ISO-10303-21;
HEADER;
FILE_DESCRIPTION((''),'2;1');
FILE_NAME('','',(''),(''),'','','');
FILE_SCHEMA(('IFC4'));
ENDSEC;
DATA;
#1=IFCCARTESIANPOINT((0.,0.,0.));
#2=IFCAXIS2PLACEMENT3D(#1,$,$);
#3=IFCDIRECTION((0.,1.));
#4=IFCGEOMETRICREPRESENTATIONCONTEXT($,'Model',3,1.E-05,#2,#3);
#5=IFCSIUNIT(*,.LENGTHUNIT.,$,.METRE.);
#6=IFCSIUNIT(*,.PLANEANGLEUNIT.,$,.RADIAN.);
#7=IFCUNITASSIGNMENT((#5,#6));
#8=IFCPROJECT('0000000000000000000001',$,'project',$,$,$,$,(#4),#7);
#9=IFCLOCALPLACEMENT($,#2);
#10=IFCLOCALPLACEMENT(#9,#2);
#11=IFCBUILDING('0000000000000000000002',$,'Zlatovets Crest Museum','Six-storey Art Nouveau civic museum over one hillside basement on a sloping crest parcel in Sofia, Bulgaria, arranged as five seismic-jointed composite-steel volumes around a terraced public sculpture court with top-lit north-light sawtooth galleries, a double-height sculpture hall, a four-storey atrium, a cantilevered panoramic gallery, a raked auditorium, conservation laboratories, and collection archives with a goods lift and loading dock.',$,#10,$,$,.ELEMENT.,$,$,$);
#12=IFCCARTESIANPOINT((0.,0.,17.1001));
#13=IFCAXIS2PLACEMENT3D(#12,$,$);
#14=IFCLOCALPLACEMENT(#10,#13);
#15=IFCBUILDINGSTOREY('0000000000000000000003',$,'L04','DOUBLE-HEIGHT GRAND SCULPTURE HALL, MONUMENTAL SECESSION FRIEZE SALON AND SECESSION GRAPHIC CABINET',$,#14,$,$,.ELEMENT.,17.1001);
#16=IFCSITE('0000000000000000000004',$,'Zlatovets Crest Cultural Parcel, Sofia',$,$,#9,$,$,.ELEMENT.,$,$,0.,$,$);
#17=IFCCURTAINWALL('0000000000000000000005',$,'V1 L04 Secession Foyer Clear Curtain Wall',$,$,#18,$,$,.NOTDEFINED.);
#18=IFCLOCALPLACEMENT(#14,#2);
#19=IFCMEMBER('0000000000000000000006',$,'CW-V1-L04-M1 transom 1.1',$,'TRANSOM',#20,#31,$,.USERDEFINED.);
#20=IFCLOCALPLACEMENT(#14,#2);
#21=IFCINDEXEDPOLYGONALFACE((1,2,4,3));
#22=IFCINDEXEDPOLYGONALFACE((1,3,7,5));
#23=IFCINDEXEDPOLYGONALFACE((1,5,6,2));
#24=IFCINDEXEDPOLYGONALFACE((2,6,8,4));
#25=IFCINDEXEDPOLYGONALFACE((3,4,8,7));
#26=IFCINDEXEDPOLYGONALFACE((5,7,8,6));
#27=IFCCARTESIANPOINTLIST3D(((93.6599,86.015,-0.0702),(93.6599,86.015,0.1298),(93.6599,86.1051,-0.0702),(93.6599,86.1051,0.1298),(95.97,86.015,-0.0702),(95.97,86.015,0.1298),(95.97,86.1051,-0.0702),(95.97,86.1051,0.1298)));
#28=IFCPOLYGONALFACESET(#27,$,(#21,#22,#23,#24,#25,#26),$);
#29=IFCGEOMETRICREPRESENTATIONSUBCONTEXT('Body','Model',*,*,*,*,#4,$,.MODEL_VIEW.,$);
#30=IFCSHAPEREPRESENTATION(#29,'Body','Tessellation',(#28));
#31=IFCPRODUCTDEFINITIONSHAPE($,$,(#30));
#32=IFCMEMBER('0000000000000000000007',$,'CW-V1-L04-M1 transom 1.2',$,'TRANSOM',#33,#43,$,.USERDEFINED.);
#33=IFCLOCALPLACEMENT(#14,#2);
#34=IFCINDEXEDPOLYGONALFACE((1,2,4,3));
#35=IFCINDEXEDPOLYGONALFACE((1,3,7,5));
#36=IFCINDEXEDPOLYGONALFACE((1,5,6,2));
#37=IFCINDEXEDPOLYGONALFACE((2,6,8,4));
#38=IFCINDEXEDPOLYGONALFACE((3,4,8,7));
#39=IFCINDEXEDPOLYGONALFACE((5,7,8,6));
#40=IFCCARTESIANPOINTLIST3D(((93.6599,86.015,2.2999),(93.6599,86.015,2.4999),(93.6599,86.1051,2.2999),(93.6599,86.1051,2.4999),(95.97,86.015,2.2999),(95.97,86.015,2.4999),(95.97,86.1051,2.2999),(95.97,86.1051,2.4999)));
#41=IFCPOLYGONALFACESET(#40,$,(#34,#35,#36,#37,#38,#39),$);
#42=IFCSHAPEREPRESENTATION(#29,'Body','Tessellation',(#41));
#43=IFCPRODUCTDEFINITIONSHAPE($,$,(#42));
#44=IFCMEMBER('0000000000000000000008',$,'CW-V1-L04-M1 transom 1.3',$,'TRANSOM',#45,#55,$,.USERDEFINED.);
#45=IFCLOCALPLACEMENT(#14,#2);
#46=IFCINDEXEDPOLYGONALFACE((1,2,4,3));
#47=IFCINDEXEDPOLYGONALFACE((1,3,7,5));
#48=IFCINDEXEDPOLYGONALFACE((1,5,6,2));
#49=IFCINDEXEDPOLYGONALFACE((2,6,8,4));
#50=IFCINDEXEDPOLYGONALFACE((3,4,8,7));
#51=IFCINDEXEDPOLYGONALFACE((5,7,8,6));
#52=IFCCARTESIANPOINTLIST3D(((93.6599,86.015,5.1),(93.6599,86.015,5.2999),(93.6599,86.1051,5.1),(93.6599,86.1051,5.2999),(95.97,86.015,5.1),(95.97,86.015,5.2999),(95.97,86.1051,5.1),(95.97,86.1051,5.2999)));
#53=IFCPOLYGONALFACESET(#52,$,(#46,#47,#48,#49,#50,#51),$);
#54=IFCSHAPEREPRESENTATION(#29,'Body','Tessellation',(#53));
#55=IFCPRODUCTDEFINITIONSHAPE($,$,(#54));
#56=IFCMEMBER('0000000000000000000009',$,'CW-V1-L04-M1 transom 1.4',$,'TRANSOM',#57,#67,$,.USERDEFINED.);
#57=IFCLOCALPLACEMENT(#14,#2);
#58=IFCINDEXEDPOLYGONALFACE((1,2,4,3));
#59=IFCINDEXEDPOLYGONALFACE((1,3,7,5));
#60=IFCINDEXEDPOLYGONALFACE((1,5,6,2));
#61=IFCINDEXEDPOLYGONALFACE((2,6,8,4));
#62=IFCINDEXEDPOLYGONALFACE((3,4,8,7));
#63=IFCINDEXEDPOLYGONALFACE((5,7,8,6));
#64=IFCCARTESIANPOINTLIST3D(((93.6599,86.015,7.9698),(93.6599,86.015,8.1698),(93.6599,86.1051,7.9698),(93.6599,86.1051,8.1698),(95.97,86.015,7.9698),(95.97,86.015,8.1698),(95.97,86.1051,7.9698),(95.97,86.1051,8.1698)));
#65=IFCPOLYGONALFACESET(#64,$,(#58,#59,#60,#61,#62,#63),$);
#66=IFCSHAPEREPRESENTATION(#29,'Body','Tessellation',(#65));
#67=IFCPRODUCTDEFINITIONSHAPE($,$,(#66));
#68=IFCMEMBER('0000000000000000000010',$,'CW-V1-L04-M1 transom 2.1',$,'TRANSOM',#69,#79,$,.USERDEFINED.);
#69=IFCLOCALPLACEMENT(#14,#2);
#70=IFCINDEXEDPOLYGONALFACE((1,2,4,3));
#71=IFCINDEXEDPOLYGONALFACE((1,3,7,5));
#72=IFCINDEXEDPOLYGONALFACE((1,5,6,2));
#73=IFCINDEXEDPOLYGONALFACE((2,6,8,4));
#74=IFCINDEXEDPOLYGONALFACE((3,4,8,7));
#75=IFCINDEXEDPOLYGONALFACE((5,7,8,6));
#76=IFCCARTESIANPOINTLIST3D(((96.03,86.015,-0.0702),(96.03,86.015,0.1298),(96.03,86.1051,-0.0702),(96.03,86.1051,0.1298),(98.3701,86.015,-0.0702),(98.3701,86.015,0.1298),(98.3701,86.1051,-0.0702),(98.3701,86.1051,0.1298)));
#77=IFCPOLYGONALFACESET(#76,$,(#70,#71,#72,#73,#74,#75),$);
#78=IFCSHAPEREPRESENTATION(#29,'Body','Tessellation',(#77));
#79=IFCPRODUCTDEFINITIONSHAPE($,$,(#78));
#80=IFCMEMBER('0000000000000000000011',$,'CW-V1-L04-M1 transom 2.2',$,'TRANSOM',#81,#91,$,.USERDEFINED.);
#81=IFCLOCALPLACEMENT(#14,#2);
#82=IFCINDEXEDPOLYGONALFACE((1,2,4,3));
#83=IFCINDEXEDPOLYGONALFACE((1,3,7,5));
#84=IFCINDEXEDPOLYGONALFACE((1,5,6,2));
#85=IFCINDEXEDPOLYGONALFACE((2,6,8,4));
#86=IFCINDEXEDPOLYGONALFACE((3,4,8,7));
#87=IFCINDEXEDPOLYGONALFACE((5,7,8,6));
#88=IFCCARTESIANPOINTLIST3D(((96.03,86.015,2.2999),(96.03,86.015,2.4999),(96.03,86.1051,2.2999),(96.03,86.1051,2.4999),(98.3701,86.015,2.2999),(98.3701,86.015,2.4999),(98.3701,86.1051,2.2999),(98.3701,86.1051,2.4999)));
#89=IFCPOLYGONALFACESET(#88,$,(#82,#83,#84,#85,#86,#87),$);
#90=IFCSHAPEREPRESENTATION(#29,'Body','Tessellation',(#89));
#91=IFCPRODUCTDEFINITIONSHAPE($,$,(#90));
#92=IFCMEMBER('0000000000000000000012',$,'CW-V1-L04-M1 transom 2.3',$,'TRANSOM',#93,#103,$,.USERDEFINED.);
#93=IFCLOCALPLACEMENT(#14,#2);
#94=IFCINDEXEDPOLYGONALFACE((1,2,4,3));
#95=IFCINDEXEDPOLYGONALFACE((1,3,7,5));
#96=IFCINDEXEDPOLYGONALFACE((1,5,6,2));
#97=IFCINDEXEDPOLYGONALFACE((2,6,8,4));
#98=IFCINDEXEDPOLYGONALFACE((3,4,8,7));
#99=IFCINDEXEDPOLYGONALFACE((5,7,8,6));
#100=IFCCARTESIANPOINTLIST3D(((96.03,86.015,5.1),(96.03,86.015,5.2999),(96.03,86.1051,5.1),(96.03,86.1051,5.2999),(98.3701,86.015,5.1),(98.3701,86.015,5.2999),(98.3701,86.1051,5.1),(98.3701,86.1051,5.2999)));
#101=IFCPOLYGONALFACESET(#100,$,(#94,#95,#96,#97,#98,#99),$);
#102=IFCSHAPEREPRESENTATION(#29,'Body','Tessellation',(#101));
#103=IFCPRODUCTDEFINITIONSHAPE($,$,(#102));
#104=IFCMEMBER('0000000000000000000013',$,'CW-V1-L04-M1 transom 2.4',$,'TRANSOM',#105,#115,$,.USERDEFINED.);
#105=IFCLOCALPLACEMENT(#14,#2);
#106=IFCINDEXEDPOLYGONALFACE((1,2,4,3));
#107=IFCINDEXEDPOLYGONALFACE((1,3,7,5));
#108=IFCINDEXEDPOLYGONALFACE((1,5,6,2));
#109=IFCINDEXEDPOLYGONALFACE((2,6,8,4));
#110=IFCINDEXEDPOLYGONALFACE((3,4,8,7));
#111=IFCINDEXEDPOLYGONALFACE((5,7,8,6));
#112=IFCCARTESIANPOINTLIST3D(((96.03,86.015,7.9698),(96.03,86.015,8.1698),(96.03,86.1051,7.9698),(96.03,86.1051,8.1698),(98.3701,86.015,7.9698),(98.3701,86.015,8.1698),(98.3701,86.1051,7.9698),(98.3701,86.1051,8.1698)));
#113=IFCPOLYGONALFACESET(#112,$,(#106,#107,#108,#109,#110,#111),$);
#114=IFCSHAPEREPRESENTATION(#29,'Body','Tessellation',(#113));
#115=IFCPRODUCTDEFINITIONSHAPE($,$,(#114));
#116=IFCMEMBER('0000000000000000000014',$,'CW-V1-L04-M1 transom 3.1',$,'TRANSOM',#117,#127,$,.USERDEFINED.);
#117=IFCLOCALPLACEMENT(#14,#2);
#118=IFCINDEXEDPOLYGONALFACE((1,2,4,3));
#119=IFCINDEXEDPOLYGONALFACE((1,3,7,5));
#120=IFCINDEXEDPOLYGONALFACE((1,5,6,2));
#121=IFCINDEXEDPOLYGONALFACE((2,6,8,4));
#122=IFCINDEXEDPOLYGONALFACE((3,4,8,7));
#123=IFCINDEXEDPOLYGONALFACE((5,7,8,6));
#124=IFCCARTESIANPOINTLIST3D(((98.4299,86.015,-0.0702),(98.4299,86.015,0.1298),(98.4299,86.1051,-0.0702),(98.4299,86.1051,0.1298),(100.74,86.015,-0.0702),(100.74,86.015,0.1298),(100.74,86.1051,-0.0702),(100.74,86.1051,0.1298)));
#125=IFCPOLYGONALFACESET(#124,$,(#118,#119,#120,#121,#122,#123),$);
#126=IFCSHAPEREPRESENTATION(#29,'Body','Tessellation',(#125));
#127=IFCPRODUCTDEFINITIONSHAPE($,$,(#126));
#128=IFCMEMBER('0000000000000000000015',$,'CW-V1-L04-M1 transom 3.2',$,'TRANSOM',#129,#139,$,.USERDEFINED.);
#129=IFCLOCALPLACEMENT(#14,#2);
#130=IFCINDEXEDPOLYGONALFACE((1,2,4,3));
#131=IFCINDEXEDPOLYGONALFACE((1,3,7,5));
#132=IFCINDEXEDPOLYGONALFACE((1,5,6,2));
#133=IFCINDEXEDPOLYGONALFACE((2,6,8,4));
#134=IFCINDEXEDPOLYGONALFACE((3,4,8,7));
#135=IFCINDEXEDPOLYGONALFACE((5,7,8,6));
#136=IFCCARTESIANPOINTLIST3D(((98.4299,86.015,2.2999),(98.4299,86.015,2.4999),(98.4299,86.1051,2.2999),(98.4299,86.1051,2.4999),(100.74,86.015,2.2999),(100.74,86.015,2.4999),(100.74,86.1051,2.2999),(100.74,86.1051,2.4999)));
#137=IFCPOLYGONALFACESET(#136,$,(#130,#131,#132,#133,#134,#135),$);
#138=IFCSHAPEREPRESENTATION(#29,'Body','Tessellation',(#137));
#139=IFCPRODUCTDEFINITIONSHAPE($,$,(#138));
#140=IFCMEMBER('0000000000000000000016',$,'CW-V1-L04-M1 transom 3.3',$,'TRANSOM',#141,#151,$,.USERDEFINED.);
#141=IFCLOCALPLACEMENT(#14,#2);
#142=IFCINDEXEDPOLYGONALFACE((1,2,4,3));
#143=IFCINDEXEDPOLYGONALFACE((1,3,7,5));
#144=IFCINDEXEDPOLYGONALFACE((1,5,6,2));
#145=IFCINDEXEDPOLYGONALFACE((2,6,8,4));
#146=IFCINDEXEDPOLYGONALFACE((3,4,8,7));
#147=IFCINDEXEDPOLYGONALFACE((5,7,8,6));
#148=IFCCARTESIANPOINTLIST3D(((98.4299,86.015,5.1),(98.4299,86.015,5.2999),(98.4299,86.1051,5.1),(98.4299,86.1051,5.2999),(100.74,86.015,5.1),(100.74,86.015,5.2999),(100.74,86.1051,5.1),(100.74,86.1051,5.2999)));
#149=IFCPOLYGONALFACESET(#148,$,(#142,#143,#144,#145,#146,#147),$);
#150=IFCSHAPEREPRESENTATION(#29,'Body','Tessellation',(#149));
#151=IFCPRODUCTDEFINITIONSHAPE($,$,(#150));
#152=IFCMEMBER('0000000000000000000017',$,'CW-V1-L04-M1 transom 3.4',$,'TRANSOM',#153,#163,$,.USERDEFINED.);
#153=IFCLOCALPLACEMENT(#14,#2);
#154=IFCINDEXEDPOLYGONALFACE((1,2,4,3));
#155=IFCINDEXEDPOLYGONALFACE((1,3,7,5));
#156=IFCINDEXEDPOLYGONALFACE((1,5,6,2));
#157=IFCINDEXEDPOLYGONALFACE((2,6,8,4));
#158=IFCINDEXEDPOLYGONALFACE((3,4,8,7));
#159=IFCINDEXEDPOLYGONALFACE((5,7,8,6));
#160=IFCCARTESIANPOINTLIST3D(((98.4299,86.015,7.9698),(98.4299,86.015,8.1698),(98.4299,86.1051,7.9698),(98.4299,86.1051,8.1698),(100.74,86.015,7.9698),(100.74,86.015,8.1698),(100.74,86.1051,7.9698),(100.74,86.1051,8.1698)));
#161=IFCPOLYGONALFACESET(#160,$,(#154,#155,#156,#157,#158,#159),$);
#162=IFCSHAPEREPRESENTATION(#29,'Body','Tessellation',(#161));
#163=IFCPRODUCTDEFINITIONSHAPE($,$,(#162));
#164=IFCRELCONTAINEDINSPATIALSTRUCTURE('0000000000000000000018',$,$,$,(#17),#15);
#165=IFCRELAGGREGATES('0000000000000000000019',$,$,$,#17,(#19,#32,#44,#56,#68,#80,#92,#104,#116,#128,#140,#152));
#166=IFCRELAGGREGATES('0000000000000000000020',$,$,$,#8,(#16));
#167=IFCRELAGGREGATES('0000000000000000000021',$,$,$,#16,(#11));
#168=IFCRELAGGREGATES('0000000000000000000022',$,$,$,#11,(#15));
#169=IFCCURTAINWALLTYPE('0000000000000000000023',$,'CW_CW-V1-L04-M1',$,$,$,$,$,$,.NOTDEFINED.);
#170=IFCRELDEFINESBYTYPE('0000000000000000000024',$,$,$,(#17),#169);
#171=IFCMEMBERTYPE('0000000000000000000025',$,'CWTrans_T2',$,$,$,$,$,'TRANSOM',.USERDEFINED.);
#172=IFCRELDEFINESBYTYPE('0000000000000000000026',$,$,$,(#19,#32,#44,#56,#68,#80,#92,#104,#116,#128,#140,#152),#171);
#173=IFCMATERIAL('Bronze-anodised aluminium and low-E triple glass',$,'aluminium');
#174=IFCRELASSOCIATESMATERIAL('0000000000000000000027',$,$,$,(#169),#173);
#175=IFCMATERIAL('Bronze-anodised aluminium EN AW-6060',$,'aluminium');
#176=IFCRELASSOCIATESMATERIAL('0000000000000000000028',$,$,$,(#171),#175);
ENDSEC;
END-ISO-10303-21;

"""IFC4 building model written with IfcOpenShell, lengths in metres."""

from ifc_helpers import new_model, si_unit, direction, frame, origin, origin_2d, place, context, subcontext, project, spatial, rectangle, extrude, material, material_profile, profile_set, type_object, element, aggregate, save


model = new_model("IFC4")

# Units and contexts
model_context = context("Model", 3, precision=1e-05, world=origin(), true_north=direction((0.0, 1.0)))
body_context = subcontext(model_context, "Body", "Model", "MODEL_VIEW")
ifc_project = project(units=[si_unit("LENGTHUNIT", "METRE"), si_unit("PLANEANGLEUNIT", "RADIAN")], contexts=[model_context])

# Site, building, storey
site_placement = place(None, origin())
site = spatial("IfcSite", under=ifc_project, at=site_placement, Name="Zlatovets Crest Cultural Parcel, Sofia", CompositionType="ELEMENT", RefElevation=0.0)
building_placement = place(site_placement, origin())
building = spatial("IfcBuilding", under=site, at=building_placement, Name="Zlatovets Crest Museum", Description="Six-storey Art Nouveau civic museum over one hillside basement on a sloping crest parcel in Sofia, Bulgaria, arranged as five seismic-jointed composite-steel volumes around a terraced public sculpture court with top-lit north-light sawtooth galleries, a double-height sculpture hall, a four-storey atrium, a cantilevered panoramic gallery, a raked auditorium, conservation laboratories, and collection archives with a goods lift and loading dock.", CompositionType="ELEMENT")
storey_placement = place(building_placement, frame((0.0, 0.0, 17.1001)))
storey = spatial("IfcBuildingStorey", under=building, at=storey_placement, Name="L04", Description="DOUBLE-HEIGHT GRAND SCULPTURE HALL, MONUMENTAL SECESSION FRIEZE SALON AND SECESSION GRAPHIC CABINET", CompositionType="ELEMENT", Elevation=17.1001)

# Curtain wall, members
ifc_material_1 = material(Name="Bronze-anodised aluminium and low-E triple glass", Category="aluminium")
curtain_wall_type = type_object("IfcCurtainWallType", Name="CW_CW-V1-L04-M1", PredefinedType="NOTDEFINED", material=ifc_material_1)
curtain_wall_placement = place(storey_placement, origin())
curtain_wall = element("IfcCurtainWall", 1, at=curtain_wall_placement, inside=storey, type_object=curtain_wall_type, Name="V1 L04 Secession Foyer Clear Curtain Wall", PredefinedType="NOTDEFINED")
ifc_material_2 = material(Name="Bronze-anodised aluminium EN AW-6060", Category="aluminium")
ifc_material_profile_1 = material_profile(ifc_material_2, rectangle(XDim=0.0901, YDim=0.2, at=origin_2d()), Name="ALU 90x200")
ifc_profile_set_1 = profile_set([ifc_material_profile_1], Name="Bronze-anodised aluminium EN AW-6060")
member_type_1 = type_object("IfcMemberType", Name="CWTrans_T2", ElementType="TRANSOM", PredefinedType="USERDEFINED", material=ifc_profile_set_1)
member_1_placement = place(storey_placement, frame((93.6599, 86.0601, 0.0298), z_axis=(1.0, 0.0, 0.0), x_axis=(0.0, 1.0, 0.0)))
member_1 = element("IfcMember", 2, at=member_1_placement, type_object=member_type_1, Name="CW-V1-L04-M1 transom 1.1", ObjectType="TRANSOM", PredefinedType="USERDEFINED", context=body_context, shape_type="SweptSolid", body=[
    extrude(rectangle(XDim=0.0901, YDim=0.2, at=origin_2d()), origin(), (0.0, 0.0, 1.0), 2.3101),
])
member_2_placement = place(storey_placement, frame((93.6599, 86.0601, 2.3999), z_axis=(1.0, 0.0, 0.0), x_axis=(0.0, 1.0, 0.0)))
member_2 = element("IfcMember", 3, at=member_2_placement, type_object=member_type_1, Name="CW-V1-L04-M1 transom 1.2", ObjectType="TRANSOM", PredefinedType="USERDEFINED", context=body_context, shape_type="SweptSolid", body=[
    extrude(rectangle(XDim=0.0901, YDim=0.2, at=origin_2d()), origin(), (0.0, 0.0, 1.0), 2.3101),
])
member_3_placement = place(storey_placement, frame((93.6599, 86.0601, 5.2), z_axis=(1.0, 0.0, 0.0), x_axis=(0.0, 1.0, 0.0)))
member_3 = element("IfcMember", 4, at=member_3_placement, type_object=member_type_1, Name="CW-V1-L04-M1 transom 1.3", ObjectType="TRANSOM", PredefinedType="USERDEFINED", context=body_context, shape_type="SweptSolid", body=[
    extrude(rectangle(XDim=0.0901, YDim=0.2, at=origin_2d()), origin(), (0.0, 0.0, 1.0), 2.3101),
])
member_4_placement = place(storey_placement, frame((93.6599, 86.0601, 8.0698), z_axis=(1.0, 0.0, 0.0), x_axis=(0.0, 1.0, 0.0)))
member_4 = element("IfcMember", 5, at=member_4_placement, type_object=member_type_1, Name="CW-V1-L04-M1 transom 1.4", ObjectType="TRANSOM", PredefinedType="USERDEFINED", context=body_context, shape_type="SweptSolid", body=[
    extrude(rectangle(XDim=0.0901, YDim=0.2, at=origin_2d()), origin(), (0.0, 0.0, 1.0), 2.3101),
])
member_5_placement = place(storey_placement, frame((96.03, 86.0601, 0.0298), z_axis=(1.0, 0.0, 0.0), x_axis=(0.0, 1.0, 0.0)))
member_5 = element("IfcMember", 6, at=member_5_placement, type_object=member_type_1, Name="CW-V1-L04-M1 transom 2.1", ObjectType="TRANSOM", PredefinedType="USERDEFINED", context=body_context, shape_type="SweptSolid", body=[
    extrude(rectangle(XDim=0.0901, YDim=0.2, at=origin_2d()), origin(), (0.0, 0.0, 1.0), 2.3401),
])
member_6_placement = place(storey_placement, frame((96.03, 86.0601, 2.3999), z_axis=(1.0, 0.0, 0.0), x_axis=(0.0, 1.0, 0.0)))
member_6 = element("IfcMember", 7, at=member_6_placement, type_object=member_type_1, Name="CW-V1-L04-M1 transom 2.2", ObjectType="TRANSOM", PredefinedType="USERDEFINED", context=body_context, shape_type="SweptSolid", body=[
    extrude(rectangle(XDim=0.0901, YDim=0.2, at=origin_2d()), origin(), (0.0, 0.0, 1.0), 2.3401),
])
member_7_placement = place(storey_placement, frame((96.03, 86.0601, 5.2), z_axis=(1.0, 0.0, 0.0), x_axis=(0.0, 1.0, 0.0)))
member_7 = element("IfcMember", 8, at=member_7_placement, type_object=member_type_1, Name="CW-V1-L04-M1 transom 2.3", ObjectType="TRANSOM", PredefinedType="USERDEFINED", context=body_context, shape_type="SweptSolid", body=[
    extrude(rectangle(XDim=0.0901, YDim=0.2, at=origin_2d()), origin(), (0.0, 0.0, 1.0), 2.3401),
])
member_8_placement = place(storey_placement, frame((96.03, 86.0601, 8.0698), z_axis=(1.0, 0.0, 0.0), x_axis=(0.0, 1.0, 0.0)))
member_8 = element("IfcMember", 9, at=member_8_placement, type_object=member_type_1, Name="CW-V1-L04-M1 transom 2.4", ObjectType="TRANSOM", PredefinedType="USERDEFINED", context=body_context, shape_type="SweptSolid", body=[
    extrude(rectangle(XDim=0.0901, YDim=0.2, at=origin_2d()), origin(), (0.0, 0.0, 1.0), 2.3401),
])
member_9_placement = place(storey_placement, frame((98.4299, 86.0601, 0.0298), z_axis=(1.0, 0.0, 0.0), x_axis=(0.0, 1.0, 0.0)))
member_9 = element("IfcMember", 10, at=member_9_placement, type_object=member_type_1, Name="CW-V1-L04-M1 transom 3.1", ObjectType="TRANSOM", PredefinedType="USERDEFINED", context=body_context, shape_type="SweptSolid", body=[
    extrude(rectangle(XDim=0.0901, YDim=0.2, at=origin_2d()), origin(), (0.0, 0.0, 1.0), 2.3101),
])
member_10_placement = place(storey_placement, frame((98.4299, 86.0601, 2.3999), z_axis=(1.0, 0.0, 0.0), x_axis=(0.0, 1.0, 0.0)))
member_10 = element("IfcMember", 11, at=member_10_placement, type_object=member_type_1, Name="CW-V1-L04-M1 transom 3.2", ObjectType="TRANSOM", PredefinedType="USERDEFINED", context=body_context, shape_type="SweptSolid", body=[
    extrude(rectangle(XDim=0.0901, YDim=0.2, at=origin_2d()), origin(), (0.0, 0.0, 1.0), 2.3101),
])
member_11_placement = place(storey_placement, frame((98.4299, 86.0601, 5.2), z_axis=(1.0, 0.0, 0.0), x_axis=(0.0, 1.0, 0.0)))
member_11 = element("IfcMember", 12, at=member_11_placement, type_object=member_type_1, Name="CW-V1-L04-M1 transom 3.3", ObjectType="TRANSOM", PredefinedType="USERDEFINED", context=body_context, shape_type="SweptSolid", body=[
    extrude(rectangle(XDim=0.0901, YDim=0.2, at=origin_2d()), origin(), (0.0, 0.0, 1.0), 2.3101),
])
member_12_placement = place(storey_placement, frame((98.4299, 86.0601, 8.0698), z_axis=(1.0, 0.0, 0.0), x_axis=(0.0, 1.0, 0.0)))
member_12 = element("IfcMember", 13, at=member_12_placement, type_object=member_type_1, Name="CW-V1-L04-M1 transom 3.4", ObjectType="TRANSOM", PredefinedType="USERDEFINED", context=body_context, shape_type="SweptSolid", body=[
    extrude(rectangle(XDim=0.0901, YDim=0.2, at=origin_2d()), origin(), (0.0, 0.0, 1.0), 2.3101),
])

aggregate(curtain_wall, [member_1, member_2, member_3, member_4, member_5, member_6, member_7, member_8, member_9, member_10, member_11, member_12])

save(model, "model.ifc")
